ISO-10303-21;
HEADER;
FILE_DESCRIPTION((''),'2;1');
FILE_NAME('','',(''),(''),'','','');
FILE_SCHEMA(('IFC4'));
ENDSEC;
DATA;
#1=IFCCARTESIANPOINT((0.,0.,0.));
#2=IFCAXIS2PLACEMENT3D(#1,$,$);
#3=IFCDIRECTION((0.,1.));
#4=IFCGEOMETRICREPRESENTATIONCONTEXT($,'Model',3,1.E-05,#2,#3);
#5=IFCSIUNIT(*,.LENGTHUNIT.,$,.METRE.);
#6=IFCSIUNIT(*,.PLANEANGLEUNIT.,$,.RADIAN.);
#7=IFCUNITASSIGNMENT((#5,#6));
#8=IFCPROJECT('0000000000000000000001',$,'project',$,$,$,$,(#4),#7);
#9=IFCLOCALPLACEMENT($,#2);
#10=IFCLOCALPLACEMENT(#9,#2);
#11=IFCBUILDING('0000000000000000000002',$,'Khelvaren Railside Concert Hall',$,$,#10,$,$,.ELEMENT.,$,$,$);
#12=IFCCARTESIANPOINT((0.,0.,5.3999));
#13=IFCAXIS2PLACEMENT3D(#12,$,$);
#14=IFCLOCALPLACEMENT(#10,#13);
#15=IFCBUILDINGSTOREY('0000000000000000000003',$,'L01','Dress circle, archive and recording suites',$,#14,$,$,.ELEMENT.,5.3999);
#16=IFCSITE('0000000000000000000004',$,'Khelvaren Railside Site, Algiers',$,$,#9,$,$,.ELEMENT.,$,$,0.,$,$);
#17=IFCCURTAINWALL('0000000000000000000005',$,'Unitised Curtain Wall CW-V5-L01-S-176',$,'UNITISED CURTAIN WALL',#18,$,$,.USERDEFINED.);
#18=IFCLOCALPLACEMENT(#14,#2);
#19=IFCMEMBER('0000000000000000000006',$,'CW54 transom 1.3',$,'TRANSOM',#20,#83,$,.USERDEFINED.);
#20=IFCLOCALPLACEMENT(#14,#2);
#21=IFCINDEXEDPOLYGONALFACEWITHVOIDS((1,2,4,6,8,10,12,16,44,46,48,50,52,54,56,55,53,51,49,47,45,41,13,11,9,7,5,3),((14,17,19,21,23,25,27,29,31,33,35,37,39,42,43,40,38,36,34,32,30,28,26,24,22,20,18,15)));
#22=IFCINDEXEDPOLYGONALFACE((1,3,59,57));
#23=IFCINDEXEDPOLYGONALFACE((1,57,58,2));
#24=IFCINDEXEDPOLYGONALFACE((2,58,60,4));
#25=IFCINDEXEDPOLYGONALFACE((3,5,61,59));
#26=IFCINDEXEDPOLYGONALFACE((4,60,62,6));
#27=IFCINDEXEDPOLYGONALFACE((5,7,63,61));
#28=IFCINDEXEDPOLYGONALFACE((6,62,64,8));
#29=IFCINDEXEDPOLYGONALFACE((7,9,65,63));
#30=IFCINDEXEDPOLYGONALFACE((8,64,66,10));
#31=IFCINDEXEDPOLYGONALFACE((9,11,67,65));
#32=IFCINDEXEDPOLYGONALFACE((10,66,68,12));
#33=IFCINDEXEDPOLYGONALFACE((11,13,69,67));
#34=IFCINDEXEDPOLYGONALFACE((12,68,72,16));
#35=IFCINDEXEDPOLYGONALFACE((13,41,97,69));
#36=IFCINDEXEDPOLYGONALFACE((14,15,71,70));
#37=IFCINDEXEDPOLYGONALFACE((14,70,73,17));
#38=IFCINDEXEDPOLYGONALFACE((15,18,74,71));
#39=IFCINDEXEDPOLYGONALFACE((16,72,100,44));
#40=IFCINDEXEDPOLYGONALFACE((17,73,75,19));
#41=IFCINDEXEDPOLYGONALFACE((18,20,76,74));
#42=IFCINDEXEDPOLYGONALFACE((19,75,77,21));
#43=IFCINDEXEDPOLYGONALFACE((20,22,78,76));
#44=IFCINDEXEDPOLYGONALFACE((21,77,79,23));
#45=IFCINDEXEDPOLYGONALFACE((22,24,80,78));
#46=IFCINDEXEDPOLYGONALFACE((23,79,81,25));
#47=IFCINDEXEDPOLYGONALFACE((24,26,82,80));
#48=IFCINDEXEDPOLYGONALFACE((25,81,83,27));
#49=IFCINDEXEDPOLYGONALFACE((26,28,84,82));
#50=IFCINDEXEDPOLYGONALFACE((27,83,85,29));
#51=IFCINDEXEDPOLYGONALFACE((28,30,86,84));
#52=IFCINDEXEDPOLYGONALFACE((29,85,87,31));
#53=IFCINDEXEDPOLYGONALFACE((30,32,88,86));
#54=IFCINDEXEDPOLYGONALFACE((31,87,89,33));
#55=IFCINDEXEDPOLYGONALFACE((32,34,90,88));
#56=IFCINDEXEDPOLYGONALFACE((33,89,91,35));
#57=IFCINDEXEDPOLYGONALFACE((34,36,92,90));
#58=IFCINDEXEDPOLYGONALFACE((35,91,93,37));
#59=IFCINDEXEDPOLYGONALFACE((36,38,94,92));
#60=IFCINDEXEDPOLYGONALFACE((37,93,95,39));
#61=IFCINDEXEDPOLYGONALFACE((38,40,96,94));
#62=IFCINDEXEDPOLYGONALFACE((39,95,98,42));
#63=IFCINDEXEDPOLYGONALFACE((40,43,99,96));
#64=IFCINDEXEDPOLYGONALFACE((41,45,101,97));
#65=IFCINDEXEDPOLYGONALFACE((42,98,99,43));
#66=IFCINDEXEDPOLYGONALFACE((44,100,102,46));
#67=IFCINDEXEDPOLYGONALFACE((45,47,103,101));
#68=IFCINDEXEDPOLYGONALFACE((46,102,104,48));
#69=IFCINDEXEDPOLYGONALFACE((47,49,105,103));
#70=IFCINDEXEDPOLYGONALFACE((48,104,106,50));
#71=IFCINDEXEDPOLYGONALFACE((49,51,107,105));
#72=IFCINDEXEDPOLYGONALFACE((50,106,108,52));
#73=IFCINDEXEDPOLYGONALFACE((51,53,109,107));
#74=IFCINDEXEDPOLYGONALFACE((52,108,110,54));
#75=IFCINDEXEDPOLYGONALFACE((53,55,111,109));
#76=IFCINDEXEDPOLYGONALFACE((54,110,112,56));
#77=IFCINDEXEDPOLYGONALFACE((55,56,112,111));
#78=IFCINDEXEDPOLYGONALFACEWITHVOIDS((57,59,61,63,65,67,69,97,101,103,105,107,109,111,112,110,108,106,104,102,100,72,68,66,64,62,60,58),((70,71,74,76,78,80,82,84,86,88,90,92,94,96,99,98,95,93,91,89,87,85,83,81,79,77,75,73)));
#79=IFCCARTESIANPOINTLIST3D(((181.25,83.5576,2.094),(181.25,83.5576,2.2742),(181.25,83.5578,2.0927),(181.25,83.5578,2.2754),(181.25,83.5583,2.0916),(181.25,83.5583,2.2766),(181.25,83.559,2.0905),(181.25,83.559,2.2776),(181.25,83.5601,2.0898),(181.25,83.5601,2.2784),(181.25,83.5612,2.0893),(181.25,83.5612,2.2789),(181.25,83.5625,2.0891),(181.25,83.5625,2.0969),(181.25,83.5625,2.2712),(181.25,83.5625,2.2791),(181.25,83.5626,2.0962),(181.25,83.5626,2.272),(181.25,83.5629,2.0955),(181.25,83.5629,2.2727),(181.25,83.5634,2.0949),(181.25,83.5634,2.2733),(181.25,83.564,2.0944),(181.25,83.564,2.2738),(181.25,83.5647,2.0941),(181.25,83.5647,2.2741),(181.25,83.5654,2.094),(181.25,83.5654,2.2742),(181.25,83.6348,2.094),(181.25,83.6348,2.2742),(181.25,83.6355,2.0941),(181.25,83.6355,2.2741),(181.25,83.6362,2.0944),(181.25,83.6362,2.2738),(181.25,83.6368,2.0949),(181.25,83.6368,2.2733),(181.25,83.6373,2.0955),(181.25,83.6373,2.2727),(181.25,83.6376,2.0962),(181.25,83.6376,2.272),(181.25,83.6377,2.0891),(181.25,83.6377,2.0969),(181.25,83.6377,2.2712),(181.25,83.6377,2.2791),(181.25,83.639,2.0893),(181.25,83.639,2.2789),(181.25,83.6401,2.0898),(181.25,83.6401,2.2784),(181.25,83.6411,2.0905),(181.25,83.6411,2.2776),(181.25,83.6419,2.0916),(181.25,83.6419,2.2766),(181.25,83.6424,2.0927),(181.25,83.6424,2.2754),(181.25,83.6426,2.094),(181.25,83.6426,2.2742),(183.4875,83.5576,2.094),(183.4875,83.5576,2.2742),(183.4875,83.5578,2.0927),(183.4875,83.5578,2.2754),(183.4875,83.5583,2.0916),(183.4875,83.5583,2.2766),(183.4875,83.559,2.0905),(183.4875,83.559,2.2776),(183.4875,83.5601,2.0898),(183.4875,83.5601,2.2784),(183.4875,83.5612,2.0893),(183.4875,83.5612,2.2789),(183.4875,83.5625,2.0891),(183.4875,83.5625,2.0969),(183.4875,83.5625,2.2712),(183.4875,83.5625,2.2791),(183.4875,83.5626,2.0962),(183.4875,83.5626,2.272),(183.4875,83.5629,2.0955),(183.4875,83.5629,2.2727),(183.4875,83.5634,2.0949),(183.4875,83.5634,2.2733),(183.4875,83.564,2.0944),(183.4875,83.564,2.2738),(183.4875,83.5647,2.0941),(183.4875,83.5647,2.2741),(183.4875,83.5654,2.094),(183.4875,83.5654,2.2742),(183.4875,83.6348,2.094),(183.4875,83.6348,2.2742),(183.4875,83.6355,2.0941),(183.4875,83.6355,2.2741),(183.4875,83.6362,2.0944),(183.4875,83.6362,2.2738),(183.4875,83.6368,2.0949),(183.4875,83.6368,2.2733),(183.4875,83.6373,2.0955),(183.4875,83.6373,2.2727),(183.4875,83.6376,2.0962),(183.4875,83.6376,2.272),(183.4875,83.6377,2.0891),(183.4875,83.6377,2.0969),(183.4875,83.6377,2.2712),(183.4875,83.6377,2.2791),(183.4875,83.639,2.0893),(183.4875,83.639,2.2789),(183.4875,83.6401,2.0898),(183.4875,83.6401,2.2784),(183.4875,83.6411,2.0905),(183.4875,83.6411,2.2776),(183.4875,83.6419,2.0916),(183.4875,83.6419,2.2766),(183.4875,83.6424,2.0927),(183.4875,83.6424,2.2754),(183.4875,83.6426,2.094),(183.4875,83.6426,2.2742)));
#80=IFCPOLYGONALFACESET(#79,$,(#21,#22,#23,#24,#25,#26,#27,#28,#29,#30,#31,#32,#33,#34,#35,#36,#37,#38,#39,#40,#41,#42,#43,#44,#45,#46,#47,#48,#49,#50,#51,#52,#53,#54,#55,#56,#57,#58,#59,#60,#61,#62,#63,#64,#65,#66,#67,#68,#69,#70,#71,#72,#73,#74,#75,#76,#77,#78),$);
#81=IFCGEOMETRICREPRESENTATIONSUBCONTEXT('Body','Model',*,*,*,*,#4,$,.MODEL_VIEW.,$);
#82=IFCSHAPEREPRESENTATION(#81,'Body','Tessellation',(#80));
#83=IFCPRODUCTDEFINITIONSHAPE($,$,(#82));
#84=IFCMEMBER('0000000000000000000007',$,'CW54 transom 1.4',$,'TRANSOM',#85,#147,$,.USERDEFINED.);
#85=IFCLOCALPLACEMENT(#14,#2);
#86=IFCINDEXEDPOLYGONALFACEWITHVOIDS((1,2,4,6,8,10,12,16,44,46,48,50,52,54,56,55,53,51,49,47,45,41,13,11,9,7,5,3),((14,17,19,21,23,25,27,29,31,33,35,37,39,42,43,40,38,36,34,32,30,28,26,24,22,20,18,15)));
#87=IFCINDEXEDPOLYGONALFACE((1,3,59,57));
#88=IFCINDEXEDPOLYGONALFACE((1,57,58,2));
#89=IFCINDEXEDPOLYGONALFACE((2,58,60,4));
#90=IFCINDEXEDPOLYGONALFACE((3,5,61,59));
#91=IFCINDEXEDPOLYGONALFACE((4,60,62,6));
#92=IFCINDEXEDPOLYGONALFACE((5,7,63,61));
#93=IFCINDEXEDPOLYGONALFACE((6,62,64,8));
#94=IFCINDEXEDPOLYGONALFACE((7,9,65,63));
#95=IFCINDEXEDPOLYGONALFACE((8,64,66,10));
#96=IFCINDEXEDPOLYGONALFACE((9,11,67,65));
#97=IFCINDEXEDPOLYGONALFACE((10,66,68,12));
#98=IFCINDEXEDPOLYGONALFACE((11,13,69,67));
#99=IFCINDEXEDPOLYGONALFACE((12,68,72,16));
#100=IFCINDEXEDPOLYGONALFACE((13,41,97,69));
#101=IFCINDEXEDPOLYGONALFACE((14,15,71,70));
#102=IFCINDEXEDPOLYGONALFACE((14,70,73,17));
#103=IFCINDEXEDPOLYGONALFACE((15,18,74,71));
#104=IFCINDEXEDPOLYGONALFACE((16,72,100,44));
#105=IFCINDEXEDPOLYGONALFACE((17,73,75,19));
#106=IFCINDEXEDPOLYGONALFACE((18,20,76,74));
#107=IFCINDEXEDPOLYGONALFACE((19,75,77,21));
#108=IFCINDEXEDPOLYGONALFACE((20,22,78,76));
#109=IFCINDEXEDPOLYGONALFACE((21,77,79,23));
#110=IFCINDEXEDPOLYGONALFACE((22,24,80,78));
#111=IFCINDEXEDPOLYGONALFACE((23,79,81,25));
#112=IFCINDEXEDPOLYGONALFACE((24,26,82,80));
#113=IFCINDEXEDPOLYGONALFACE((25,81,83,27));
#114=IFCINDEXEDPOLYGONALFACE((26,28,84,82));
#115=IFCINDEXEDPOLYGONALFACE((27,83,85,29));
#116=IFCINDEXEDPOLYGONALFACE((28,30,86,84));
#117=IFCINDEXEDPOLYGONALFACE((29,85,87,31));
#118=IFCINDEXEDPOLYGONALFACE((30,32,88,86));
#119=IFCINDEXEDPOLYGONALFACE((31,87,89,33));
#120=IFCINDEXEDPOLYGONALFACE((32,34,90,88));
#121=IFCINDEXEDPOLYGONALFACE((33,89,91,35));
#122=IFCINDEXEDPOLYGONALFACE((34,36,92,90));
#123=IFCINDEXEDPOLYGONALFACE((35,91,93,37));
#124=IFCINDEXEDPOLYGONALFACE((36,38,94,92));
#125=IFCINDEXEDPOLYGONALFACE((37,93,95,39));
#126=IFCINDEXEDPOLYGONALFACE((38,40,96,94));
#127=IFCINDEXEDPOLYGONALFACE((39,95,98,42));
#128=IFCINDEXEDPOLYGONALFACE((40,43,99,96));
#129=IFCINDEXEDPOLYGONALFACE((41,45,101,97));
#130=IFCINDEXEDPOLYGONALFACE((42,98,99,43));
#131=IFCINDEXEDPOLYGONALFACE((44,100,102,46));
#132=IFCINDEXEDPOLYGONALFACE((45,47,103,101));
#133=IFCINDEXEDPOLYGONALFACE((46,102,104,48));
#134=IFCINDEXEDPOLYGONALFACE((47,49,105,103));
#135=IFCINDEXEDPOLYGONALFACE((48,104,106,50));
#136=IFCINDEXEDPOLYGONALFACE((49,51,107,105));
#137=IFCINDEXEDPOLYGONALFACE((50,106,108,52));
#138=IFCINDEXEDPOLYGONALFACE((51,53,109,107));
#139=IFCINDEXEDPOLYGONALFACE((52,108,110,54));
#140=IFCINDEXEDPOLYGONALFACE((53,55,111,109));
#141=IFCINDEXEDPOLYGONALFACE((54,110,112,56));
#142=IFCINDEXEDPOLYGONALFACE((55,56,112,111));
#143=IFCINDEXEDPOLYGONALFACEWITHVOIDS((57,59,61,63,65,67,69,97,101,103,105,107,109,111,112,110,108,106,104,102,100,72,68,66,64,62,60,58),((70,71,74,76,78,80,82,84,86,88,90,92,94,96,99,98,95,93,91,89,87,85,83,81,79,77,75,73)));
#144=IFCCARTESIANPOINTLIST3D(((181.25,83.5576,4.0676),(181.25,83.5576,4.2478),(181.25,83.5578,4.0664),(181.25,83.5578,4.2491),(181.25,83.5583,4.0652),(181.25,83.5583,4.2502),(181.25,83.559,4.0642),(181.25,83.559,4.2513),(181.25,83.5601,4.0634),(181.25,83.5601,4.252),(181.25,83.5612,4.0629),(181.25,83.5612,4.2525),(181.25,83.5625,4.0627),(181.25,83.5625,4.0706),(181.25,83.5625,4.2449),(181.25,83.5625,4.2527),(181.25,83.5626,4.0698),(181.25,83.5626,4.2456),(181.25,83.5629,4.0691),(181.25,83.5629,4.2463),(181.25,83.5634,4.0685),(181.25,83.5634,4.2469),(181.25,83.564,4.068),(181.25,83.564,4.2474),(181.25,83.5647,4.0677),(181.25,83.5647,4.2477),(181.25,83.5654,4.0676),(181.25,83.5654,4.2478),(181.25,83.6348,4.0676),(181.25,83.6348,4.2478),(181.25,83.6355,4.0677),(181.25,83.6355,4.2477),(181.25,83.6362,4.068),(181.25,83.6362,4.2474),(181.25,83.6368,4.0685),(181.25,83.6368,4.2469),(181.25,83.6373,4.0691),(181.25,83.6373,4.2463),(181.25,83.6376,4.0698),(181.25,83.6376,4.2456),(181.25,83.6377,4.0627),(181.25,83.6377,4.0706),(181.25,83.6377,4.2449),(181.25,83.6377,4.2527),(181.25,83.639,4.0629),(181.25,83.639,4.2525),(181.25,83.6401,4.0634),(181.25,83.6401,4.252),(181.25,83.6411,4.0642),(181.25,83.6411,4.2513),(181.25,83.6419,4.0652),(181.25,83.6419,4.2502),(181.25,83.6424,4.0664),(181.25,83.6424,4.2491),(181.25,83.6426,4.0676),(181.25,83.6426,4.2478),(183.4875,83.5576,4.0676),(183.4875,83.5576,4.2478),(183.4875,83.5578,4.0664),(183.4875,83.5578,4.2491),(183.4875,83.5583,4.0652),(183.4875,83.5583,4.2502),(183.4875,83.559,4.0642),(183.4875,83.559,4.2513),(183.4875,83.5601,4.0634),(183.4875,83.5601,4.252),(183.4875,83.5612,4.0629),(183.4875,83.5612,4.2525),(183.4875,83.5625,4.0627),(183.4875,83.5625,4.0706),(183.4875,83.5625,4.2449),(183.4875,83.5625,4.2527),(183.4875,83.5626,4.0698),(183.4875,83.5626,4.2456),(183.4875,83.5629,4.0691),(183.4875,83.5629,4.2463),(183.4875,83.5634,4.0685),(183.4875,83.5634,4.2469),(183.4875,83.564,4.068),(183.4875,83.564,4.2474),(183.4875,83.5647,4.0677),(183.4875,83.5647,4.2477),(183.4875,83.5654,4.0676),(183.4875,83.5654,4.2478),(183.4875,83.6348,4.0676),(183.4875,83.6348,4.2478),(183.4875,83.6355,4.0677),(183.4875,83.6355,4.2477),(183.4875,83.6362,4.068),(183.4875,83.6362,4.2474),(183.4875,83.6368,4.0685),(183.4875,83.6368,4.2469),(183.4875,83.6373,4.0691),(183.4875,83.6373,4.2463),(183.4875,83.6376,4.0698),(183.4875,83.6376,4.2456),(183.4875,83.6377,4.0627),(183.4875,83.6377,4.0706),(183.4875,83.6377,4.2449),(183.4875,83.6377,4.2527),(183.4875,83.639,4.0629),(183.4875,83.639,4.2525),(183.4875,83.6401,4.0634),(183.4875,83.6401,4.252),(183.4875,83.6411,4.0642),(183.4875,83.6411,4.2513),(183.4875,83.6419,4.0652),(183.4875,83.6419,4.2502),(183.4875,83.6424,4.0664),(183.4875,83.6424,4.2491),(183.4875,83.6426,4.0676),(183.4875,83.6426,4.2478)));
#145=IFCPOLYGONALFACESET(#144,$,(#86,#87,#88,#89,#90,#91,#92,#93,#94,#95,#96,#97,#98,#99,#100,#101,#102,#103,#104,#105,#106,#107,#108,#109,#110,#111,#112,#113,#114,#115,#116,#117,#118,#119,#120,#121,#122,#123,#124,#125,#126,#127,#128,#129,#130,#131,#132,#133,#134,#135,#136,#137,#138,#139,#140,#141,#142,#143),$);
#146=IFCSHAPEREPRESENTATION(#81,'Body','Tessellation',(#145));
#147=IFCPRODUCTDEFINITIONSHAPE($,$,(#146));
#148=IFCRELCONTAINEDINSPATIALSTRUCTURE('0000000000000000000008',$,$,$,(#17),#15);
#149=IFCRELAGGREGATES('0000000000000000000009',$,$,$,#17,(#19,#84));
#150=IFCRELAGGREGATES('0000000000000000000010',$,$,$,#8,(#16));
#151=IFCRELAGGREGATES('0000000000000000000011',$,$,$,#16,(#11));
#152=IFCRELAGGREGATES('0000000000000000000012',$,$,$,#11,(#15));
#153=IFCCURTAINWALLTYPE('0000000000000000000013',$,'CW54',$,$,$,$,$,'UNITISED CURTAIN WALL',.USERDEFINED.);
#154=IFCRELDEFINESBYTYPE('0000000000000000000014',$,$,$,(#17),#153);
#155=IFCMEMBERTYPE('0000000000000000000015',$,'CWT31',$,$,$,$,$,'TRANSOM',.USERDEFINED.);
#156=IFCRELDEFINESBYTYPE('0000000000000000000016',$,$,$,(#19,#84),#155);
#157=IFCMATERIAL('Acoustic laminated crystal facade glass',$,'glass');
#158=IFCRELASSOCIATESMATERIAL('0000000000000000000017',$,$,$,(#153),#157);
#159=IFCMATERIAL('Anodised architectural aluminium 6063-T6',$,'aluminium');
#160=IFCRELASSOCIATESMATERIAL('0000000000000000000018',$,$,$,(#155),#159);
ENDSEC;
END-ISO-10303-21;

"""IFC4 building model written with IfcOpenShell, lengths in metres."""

from ifc_helpers import new_model, si_unit, direction, frame, origin, origin_2d, place, context, subcontext, project, spatial, hollow_rectangle, extrude, material, material_profile, profile_set, type_object, element, aggregate, save


model = new_model("IFC4")

# Units and contexts
model_context = context("Model", 3, precision=1e-05, world=origin(), true_north=direction((0.0, 1.0)))
body_context = subcontext(model_context, "Body", "Model", "MODEL_VIEW")
ifc_project = project(units=[si_unit("LENGTHUNIT", "METRE"), si_unit("PLANEANGLEUNIT", "RADIAN")], contexts=[model_context])

# Site, building, storey
site_placement = place(None, origin())
site = spatial("IfcSite", under=ifc_project, at=site_placement, Name="Khelvaren Railside Site, Algiers", CompositionType="ELEMENT", RefElevation=0.0)
building_placement = place(site_placement, origin())
building = spatial("IfcBuilding", under=site, at=building_placement, Name="Khelvaren Railside Concert Hall", CompositionType="ELEMENT")
storey_placement = place(building_placement, frame((0.0, 0.0, 5.3999)))
storey = spatial("IfcBuildingStorey", under=building, at=storey_placement, Name="L01", Description="Dress circle, archive and recording suites", CompositionType="ELEMENT", Elevation=5.3999)

# Curtain wall
ifc_material_1 = material(Name="Acoustic laminated crystal facade glass", Category="glass")
curtain_wall_type_1 = type_object("IfcCurtainWallType", Name="CW54", ElementType="UNITISED CURTAIN WALL", PredefinedType="USERDEFINED", material=ifc_material_1)
curtain_wall_1_placement = place(storey_placement, origin())
curtain_wall_1 = element("IfcCurtainWall", 1, at=curtain_wall_1_placement, inside=storey, type_object=curtain_wall_type_1, Name="Unitised Curtain Wall CW-V5-L01-S-176", ObjectType="UNITISED CURTAIN WALL", PredefinedType="USERDEFINED")
ifc_material_2 = material(Name="Anodised architectural aluminium 6063-T6", Category="aluminium")

# Members
ifc_material_profile_1 = material_profile(ifc_material_2, hollow_rectangle(XDim=0.085, YDim=0.1899, WallThickness=0.0049, InnerFilletRadius=0.0029, OuterFilletRadius=0.0049, at=origin_2d()), Name="CWT 85x190x5")
ifc_profile_set_1 = profile_set([ifc_material_profile_1], Name="Anodised architectural aluminium 6063-T6")
member_type_1 = type_object("IfcMemberType", Name="CWT31", ElementType="TRANSOM", PredefinedType="USERDEFINED", material=ifc_profile_set_1)
member_1_placement = place(storey_placement, frame((183.4875, 83.6001, 2.1841), z_axis=(-1.0, 0.0, 0.0), x_axis=(0.0, -1.0, 0.0)))
member_1 = element("IfcMember", 2, at=member_1_placement, type_object=member_type_1, Name="CW54 transom 1.3", ObjectType="TRANSOM", PredefinedType="USERDEFINED", context=body_context, shape_type="SweptSolid", body=[
    extrude(hollow_rectangle(XDim=0.085, YDim=0.1899, WallThickness=0.0049, InnerFilletRadius=0.0029, OuterFilletRadius=0.0049, at=origin_2d()), origin(), (0.0, 0.0, 1.0), 2.2375),
])
member_2_placement = place(storey_placement, frame((183.4875, 83.6001, 4.1577), z_axis=(-1.0, 0.0, 0.0), x_axis=(0.0, -1.0, 0.0)))
member_2 = element("IfcMember", 3, at=member_2_placement, type_object=member_type_1, Name="CW54 transom 1.4", ObjectType="TRANSOM", PredefinedType="USERDEFINED", context=body_context, shape_type="SweptSolid", body=[
    extrude(hollow_rectangle(XDim=0.085, YDim=0.1899, WallThickness=0.0049, InnerFilletRadius=0.0029, OuterFilletRadius=0.0049, at=origin_2d()), origin(), (0.0, 0.0, 1.0), 2.2375),
])

aggregate(curtain_wall_1, [member_1, member_2])

save(model, "model.ifc")
